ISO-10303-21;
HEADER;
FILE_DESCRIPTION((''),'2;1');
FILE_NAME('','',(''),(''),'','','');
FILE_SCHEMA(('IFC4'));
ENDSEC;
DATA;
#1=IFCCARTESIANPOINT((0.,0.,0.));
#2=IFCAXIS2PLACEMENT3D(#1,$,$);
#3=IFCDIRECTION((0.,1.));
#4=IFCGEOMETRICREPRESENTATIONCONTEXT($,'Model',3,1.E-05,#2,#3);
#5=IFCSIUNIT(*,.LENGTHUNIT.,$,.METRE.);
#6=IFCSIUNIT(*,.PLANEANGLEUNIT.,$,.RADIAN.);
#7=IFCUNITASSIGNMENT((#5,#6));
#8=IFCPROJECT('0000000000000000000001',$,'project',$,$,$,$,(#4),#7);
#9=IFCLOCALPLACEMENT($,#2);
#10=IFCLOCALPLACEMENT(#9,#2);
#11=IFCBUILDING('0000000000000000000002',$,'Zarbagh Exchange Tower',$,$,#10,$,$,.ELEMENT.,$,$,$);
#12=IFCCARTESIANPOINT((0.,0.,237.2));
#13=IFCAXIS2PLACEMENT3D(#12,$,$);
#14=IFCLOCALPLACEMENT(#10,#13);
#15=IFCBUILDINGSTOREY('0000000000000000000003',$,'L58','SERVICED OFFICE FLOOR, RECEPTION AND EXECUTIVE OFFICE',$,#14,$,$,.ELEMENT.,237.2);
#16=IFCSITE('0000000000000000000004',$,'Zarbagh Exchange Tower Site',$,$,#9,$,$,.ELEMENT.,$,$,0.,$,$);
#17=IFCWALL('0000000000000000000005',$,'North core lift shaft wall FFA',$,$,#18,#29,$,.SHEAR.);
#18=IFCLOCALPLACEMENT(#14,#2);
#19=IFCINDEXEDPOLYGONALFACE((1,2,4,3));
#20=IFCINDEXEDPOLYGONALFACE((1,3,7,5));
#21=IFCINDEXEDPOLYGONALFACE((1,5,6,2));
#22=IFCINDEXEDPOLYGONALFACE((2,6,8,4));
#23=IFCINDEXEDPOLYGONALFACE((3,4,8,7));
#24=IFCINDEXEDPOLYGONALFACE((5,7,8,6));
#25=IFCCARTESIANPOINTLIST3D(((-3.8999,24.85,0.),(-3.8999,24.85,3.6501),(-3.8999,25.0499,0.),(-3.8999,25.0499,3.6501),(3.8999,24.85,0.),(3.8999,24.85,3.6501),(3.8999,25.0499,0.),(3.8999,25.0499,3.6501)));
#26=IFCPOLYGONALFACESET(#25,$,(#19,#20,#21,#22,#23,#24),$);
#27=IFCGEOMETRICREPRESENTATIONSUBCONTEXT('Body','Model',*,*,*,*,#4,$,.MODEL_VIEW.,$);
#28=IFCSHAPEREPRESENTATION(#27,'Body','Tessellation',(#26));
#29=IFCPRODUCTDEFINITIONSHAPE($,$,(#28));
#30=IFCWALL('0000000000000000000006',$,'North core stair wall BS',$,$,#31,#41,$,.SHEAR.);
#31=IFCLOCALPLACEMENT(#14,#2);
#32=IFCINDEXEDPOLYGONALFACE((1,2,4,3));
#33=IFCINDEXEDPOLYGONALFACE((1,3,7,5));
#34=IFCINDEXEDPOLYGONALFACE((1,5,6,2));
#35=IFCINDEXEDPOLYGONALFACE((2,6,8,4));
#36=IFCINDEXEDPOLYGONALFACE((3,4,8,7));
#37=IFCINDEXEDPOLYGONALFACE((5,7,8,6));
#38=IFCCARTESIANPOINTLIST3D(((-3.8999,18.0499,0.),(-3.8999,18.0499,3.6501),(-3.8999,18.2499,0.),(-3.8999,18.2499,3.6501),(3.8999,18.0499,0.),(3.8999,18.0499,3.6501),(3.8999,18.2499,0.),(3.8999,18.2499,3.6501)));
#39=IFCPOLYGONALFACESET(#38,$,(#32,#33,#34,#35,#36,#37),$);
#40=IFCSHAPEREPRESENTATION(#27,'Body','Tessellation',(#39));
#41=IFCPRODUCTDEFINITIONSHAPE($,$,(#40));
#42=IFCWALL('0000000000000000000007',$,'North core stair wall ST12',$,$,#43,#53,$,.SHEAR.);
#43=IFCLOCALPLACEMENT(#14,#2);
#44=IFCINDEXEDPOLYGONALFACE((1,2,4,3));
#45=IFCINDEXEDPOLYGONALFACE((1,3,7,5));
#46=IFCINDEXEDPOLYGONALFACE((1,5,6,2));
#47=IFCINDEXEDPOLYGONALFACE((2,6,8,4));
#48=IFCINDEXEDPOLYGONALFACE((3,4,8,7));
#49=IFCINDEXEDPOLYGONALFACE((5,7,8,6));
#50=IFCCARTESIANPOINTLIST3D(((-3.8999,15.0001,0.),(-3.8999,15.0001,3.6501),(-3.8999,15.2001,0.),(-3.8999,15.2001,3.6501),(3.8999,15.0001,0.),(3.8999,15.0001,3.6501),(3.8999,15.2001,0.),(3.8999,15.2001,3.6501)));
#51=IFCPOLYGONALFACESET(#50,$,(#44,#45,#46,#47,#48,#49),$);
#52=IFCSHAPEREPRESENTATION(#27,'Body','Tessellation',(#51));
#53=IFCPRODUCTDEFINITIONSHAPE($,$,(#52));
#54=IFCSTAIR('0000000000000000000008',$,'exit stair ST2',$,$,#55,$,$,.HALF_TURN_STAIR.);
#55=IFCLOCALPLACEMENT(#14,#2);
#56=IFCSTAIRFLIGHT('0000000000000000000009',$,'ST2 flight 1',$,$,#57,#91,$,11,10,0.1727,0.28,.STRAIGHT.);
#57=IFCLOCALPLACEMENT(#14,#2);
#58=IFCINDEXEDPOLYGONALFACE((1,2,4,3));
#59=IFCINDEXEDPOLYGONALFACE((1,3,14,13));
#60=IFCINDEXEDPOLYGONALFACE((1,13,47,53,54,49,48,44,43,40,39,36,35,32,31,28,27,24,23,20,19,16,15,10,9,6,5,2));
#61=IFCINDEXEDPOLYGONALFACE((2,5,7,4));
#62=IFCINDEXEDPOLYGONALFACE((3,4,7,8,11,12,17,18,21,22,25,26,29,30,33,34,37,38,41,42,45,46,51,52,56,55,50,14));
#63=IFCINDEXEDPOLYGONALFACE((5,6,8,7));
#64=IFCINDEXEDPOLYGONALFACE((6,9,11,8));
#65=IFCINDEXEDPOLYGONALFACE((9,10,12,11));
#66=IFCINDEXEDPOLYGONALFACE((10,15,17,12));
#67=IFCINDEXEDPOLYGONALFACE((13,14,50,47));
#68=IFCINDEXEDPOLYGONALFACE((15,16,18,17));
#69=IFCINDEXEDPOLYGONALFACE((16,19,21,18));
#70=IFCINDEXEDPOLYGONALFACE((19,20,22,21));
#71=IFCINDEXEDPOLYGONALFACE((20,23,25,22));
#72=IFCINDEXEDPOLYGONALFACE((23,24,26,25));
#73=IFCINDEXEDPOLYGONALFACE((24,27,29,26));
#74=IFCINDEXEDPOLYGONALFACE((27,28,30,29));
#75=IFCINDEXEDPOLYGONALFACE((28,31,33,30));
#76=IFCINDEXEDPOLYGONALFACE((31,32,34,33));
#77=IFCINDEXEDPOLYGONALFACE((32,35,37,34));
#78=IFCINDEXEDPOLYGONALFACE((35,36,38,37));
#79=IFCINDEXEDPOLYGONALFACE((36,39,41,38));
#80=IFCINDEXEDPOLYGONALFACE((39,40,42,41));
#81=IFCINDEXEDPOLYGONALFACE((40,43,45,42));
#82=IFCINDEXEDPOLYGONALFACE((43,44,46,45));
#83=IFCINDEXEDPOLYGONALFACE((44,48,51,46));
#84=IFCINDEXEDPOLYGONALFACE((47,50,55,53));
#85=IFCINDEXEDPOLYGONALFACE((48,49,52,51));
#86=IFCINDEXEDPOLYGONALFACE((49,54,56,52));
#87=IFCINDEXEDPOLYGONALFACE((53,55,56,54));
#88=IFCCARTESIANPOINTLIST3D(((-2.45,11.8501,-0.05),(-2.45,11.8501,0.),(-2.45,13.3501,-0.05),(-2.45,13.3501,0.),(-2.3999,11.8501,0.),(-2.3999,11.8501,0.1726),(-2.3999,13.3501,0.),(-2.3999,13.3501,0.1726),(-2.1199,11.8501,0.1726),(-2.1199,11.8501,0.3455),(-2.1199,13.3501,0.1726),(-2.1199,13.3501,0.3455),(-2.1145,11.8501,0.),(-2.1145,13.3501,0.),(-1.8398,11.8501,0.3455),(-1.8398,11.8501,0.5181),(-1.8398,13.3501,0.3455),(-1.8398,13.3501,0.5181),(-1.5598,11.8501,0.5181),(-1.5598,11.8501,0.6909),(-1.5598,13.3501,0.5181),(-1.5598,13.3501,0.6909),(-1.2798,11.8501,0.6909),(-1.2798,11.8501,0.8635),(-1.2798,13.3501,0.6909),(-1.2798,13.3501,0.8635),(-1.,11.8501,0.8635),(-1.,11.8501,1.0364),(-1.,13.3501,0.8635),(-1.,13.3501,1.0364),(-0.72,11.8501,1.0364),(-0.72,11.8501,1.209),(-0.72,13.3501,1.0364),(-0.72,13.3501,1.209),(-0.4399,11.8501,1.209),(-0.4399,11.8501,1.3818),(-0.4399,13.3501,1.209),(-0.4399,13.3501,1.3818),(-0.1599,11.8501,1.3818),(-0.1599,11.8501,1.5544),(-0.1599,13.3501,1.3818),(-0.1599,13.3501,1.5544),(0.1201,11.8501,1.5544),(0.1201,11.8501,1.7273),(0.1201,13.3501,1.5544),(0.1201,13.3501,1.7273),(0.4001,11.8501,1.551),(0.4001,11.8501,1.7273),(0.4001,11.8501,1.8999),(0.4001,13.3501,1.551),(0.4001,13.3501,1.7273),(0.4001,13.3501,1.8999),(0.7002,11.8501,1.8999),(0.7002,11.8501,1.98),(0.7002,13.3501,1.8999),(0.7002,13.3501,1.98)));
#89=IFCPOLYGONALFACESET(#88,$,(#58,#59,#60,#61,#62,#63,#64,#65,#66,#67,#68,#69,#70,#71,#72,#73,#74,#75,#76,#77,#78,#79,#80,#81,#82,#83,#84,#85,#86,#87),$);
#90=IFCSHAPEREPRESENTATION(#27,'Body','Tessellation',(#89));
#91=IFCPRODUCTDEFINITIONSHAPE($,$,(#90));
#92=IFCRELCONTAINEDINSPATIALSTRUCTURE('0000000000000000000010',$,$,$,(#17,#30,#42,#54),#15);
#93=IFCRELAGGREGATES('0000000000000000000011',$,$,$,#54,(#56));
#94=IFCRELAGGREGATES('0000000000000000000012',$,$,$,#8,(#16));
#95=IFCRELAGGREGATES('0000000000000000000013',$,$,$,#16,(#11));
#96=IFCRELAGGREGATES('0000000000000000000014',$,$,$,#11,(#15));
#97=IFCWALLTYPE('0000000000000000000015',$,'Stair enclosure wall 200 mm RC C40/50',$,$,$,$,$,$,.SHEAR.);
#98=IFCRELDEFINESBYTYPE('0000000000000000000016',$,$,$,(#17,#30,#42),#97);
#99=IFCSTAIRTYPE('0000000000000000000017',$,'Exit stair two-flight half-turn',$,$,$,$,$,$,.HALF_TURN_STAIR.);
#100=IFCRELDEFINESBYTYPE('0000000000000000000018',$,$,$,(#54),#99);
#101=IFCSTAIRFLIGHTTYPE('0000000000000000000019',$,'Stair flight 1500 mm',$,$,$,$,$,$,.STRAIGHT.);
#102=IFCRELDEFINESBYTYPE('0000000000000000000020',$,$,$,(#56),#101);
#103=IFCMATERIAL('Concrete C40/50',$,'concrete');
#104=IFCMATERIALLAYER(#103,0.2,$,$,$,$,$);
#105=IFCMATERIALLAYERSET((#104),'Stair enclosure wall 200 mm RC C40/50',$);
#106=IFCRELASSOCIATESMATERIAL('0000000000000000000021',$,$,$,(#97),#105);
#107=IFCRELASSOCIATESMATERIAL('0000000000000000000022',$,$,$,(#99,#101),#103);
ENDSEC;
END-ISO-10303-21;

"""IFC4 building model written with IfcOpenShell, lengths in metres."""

from ifc_helpers import new_model, si_unit, direction, frame, frame_2d, origin, place, context, subcontext, project, spatial, polyline, rectangle, outline, extrude, material, layer, layer_set, type_object, element, aggregate, save


model = new_model("IFC4")

# Units and contexts
model_context = context("Model", 3, precision=1e-05, world=origin(), true_north=direction((0.0, 1.0)))
body_context = subcontext(model_context, "Body", "Model", "MODEL_VIEW")
ifc_project = project(units=[si_unit("LENGTHUNIT", "METRE"), si_unit("PLANEANGLEUNIT", "RADIAN")], contexts=[model_context])

# Site, building, storey
site_placement = place(None, origin())
site = spatial("IfcSite", under=ifc_project, at=site_placement, Name="Zarbagh Exchange Tower Site", CompositionType="ELEMENT", RefElevation=0.0)
building_placement = place(site_placement, origin())
building = spatial("IfcBuilding", under=site, at=building_placement, Name="Zarbagh Exchange Tower", CompositionType="ELEMENT")
storey_placement = place(building_placement, frame((0.0, 0.0, 237.2)))
storey = spatial("IfcBuildingStorey", under=building, at=storey_placement, Name="L58", Description="SERVICED OFFICE FLOOR, RECEPTION AND EXECUTIVE OFFICE", CompositionType="ELEMENT", Elevation=237.2)

# Walls
ifc_material_1 = material(Name="Concrete C40/50", Category="concrete")
ifc_layer_1 = layer(ifc_material_1, 0.2)
ifc_layer_set_1 = layer_set([ifc_layer_1], Name="Stair enclosure wall 200 mm RC C40/50")
wall_type_1 = type_object("IfcWallType", Name="Stair enclosure wall 200 mm RC C40/50", PredefinedType="SHEAR", material=ifc_layer_set_1)
for number, where, z_axis, x_axis, name in (
    (1, (-3.8999, 24.95, 0.0), (0.0, 0.0, 1.0), (1.0, 0.0, 0.0), "North core lift shaft wall FFA"),
    (2, (-3.8999, 18.1499, 0.0), (0.0, 0.0, 1.0), (1.0, 0.0, 0.0), "North core stair wall BS"),
    (3, (-3.8999, 15.1001, 0.0), (0.0, 0.0, 1.0), (1.0, 0.0, 0.0), "North core stair wall ST12"),
):
    element("IfcWall", number, at=place(storey_placement, frame(where, z_axis=z_axis, x_axis=x_axis)), inside=storey, type_object=wall_type_1, Name=name, PredefinedType="SHEAR", context=body_context, shape_type="SweptSolid", body=[
        extrude(rectangle(XDim=7.7998, YDim=0.2, at=frame_2d((3.8999, 0.0))), origin(), (0.0, 0.0, 1.0), 3.6501),
    ])

# Stair, stair flight
stair_type = type_object("IfcStairType", Name="Exit stair two-flight half-turn", PredefinedType="HALF_TURN_STAIR", material=ifc_material_1)
stair_placement = place(storey_placement, origin())
stair = element("IfcStair", 4, at=stair_placement, inside=storey, type_object=stair_type, Name="exit stair ST2", PredefinedType="HALF_TURN_STAIR")
stair_flight_type = type_object("IfcStairFlightType", Name="Stair flight 1500 mm", PredefinedType="STRAIGHT", material=ifc_material_1)
stair_flight_placement = place(storey_placement, frame((-2.3999, 12.6001, 0.0), z_axis=(0.0, 0.0, 1.0), x_axis=(1.0, 0.0, 0.0)))
stair_flight = element("IfcStairFlight", 5, at=stair_flight_placement, type_object=stair_flight_type, Name="ST2 flight 1", NumberOfRisers=11, NumberOfTreads=10, PredefinedType="STRAIGHT", RiserHeight=0.1727, TreadLength=0.28, context=body_context, shape_type="SweptSolid", body=[
    extrude(outline(polyline([(-0.05, -0.05), (-0.05, 0.0), (0.0, 0.0), (0.0, 0.1726), (0.28, 0.1726), (0.28, 0.3455), (0.5601, 0.3455), (0.5601, 0.5181), (0.8401, 0.5181), (0.8401, 0.6909), (1.1201, 0.6909), (1.1201, 0.8635), (1.3999, 0.8635), (1.3999, 1.0364), (1.6799, 1.0364), (1.6799, 1.209), (1.96, 1.209), (1.96, 1.3818), (2.24, 1.3818), (2.24, 1.5544), (2.52, 1.5544), (2.52, 1.7273), (2.8, 1.7273), (2.8, 1.8999), (3.1001, 1.98), (3.1001, 1.8999), (2.8, 1.551), (0.2854, 0.0), (-0.05, -0.05)])), frame((0.0, 0.75, 0.0), z_axis=(0.0, -1.0, 0.0), x_axis=(1.0, 0.0, 0.0)), (0.0, 0.0, 1.0), 1.5),
])
aggregate(stair, [stair_flight])

save(model, "model.ifc")
